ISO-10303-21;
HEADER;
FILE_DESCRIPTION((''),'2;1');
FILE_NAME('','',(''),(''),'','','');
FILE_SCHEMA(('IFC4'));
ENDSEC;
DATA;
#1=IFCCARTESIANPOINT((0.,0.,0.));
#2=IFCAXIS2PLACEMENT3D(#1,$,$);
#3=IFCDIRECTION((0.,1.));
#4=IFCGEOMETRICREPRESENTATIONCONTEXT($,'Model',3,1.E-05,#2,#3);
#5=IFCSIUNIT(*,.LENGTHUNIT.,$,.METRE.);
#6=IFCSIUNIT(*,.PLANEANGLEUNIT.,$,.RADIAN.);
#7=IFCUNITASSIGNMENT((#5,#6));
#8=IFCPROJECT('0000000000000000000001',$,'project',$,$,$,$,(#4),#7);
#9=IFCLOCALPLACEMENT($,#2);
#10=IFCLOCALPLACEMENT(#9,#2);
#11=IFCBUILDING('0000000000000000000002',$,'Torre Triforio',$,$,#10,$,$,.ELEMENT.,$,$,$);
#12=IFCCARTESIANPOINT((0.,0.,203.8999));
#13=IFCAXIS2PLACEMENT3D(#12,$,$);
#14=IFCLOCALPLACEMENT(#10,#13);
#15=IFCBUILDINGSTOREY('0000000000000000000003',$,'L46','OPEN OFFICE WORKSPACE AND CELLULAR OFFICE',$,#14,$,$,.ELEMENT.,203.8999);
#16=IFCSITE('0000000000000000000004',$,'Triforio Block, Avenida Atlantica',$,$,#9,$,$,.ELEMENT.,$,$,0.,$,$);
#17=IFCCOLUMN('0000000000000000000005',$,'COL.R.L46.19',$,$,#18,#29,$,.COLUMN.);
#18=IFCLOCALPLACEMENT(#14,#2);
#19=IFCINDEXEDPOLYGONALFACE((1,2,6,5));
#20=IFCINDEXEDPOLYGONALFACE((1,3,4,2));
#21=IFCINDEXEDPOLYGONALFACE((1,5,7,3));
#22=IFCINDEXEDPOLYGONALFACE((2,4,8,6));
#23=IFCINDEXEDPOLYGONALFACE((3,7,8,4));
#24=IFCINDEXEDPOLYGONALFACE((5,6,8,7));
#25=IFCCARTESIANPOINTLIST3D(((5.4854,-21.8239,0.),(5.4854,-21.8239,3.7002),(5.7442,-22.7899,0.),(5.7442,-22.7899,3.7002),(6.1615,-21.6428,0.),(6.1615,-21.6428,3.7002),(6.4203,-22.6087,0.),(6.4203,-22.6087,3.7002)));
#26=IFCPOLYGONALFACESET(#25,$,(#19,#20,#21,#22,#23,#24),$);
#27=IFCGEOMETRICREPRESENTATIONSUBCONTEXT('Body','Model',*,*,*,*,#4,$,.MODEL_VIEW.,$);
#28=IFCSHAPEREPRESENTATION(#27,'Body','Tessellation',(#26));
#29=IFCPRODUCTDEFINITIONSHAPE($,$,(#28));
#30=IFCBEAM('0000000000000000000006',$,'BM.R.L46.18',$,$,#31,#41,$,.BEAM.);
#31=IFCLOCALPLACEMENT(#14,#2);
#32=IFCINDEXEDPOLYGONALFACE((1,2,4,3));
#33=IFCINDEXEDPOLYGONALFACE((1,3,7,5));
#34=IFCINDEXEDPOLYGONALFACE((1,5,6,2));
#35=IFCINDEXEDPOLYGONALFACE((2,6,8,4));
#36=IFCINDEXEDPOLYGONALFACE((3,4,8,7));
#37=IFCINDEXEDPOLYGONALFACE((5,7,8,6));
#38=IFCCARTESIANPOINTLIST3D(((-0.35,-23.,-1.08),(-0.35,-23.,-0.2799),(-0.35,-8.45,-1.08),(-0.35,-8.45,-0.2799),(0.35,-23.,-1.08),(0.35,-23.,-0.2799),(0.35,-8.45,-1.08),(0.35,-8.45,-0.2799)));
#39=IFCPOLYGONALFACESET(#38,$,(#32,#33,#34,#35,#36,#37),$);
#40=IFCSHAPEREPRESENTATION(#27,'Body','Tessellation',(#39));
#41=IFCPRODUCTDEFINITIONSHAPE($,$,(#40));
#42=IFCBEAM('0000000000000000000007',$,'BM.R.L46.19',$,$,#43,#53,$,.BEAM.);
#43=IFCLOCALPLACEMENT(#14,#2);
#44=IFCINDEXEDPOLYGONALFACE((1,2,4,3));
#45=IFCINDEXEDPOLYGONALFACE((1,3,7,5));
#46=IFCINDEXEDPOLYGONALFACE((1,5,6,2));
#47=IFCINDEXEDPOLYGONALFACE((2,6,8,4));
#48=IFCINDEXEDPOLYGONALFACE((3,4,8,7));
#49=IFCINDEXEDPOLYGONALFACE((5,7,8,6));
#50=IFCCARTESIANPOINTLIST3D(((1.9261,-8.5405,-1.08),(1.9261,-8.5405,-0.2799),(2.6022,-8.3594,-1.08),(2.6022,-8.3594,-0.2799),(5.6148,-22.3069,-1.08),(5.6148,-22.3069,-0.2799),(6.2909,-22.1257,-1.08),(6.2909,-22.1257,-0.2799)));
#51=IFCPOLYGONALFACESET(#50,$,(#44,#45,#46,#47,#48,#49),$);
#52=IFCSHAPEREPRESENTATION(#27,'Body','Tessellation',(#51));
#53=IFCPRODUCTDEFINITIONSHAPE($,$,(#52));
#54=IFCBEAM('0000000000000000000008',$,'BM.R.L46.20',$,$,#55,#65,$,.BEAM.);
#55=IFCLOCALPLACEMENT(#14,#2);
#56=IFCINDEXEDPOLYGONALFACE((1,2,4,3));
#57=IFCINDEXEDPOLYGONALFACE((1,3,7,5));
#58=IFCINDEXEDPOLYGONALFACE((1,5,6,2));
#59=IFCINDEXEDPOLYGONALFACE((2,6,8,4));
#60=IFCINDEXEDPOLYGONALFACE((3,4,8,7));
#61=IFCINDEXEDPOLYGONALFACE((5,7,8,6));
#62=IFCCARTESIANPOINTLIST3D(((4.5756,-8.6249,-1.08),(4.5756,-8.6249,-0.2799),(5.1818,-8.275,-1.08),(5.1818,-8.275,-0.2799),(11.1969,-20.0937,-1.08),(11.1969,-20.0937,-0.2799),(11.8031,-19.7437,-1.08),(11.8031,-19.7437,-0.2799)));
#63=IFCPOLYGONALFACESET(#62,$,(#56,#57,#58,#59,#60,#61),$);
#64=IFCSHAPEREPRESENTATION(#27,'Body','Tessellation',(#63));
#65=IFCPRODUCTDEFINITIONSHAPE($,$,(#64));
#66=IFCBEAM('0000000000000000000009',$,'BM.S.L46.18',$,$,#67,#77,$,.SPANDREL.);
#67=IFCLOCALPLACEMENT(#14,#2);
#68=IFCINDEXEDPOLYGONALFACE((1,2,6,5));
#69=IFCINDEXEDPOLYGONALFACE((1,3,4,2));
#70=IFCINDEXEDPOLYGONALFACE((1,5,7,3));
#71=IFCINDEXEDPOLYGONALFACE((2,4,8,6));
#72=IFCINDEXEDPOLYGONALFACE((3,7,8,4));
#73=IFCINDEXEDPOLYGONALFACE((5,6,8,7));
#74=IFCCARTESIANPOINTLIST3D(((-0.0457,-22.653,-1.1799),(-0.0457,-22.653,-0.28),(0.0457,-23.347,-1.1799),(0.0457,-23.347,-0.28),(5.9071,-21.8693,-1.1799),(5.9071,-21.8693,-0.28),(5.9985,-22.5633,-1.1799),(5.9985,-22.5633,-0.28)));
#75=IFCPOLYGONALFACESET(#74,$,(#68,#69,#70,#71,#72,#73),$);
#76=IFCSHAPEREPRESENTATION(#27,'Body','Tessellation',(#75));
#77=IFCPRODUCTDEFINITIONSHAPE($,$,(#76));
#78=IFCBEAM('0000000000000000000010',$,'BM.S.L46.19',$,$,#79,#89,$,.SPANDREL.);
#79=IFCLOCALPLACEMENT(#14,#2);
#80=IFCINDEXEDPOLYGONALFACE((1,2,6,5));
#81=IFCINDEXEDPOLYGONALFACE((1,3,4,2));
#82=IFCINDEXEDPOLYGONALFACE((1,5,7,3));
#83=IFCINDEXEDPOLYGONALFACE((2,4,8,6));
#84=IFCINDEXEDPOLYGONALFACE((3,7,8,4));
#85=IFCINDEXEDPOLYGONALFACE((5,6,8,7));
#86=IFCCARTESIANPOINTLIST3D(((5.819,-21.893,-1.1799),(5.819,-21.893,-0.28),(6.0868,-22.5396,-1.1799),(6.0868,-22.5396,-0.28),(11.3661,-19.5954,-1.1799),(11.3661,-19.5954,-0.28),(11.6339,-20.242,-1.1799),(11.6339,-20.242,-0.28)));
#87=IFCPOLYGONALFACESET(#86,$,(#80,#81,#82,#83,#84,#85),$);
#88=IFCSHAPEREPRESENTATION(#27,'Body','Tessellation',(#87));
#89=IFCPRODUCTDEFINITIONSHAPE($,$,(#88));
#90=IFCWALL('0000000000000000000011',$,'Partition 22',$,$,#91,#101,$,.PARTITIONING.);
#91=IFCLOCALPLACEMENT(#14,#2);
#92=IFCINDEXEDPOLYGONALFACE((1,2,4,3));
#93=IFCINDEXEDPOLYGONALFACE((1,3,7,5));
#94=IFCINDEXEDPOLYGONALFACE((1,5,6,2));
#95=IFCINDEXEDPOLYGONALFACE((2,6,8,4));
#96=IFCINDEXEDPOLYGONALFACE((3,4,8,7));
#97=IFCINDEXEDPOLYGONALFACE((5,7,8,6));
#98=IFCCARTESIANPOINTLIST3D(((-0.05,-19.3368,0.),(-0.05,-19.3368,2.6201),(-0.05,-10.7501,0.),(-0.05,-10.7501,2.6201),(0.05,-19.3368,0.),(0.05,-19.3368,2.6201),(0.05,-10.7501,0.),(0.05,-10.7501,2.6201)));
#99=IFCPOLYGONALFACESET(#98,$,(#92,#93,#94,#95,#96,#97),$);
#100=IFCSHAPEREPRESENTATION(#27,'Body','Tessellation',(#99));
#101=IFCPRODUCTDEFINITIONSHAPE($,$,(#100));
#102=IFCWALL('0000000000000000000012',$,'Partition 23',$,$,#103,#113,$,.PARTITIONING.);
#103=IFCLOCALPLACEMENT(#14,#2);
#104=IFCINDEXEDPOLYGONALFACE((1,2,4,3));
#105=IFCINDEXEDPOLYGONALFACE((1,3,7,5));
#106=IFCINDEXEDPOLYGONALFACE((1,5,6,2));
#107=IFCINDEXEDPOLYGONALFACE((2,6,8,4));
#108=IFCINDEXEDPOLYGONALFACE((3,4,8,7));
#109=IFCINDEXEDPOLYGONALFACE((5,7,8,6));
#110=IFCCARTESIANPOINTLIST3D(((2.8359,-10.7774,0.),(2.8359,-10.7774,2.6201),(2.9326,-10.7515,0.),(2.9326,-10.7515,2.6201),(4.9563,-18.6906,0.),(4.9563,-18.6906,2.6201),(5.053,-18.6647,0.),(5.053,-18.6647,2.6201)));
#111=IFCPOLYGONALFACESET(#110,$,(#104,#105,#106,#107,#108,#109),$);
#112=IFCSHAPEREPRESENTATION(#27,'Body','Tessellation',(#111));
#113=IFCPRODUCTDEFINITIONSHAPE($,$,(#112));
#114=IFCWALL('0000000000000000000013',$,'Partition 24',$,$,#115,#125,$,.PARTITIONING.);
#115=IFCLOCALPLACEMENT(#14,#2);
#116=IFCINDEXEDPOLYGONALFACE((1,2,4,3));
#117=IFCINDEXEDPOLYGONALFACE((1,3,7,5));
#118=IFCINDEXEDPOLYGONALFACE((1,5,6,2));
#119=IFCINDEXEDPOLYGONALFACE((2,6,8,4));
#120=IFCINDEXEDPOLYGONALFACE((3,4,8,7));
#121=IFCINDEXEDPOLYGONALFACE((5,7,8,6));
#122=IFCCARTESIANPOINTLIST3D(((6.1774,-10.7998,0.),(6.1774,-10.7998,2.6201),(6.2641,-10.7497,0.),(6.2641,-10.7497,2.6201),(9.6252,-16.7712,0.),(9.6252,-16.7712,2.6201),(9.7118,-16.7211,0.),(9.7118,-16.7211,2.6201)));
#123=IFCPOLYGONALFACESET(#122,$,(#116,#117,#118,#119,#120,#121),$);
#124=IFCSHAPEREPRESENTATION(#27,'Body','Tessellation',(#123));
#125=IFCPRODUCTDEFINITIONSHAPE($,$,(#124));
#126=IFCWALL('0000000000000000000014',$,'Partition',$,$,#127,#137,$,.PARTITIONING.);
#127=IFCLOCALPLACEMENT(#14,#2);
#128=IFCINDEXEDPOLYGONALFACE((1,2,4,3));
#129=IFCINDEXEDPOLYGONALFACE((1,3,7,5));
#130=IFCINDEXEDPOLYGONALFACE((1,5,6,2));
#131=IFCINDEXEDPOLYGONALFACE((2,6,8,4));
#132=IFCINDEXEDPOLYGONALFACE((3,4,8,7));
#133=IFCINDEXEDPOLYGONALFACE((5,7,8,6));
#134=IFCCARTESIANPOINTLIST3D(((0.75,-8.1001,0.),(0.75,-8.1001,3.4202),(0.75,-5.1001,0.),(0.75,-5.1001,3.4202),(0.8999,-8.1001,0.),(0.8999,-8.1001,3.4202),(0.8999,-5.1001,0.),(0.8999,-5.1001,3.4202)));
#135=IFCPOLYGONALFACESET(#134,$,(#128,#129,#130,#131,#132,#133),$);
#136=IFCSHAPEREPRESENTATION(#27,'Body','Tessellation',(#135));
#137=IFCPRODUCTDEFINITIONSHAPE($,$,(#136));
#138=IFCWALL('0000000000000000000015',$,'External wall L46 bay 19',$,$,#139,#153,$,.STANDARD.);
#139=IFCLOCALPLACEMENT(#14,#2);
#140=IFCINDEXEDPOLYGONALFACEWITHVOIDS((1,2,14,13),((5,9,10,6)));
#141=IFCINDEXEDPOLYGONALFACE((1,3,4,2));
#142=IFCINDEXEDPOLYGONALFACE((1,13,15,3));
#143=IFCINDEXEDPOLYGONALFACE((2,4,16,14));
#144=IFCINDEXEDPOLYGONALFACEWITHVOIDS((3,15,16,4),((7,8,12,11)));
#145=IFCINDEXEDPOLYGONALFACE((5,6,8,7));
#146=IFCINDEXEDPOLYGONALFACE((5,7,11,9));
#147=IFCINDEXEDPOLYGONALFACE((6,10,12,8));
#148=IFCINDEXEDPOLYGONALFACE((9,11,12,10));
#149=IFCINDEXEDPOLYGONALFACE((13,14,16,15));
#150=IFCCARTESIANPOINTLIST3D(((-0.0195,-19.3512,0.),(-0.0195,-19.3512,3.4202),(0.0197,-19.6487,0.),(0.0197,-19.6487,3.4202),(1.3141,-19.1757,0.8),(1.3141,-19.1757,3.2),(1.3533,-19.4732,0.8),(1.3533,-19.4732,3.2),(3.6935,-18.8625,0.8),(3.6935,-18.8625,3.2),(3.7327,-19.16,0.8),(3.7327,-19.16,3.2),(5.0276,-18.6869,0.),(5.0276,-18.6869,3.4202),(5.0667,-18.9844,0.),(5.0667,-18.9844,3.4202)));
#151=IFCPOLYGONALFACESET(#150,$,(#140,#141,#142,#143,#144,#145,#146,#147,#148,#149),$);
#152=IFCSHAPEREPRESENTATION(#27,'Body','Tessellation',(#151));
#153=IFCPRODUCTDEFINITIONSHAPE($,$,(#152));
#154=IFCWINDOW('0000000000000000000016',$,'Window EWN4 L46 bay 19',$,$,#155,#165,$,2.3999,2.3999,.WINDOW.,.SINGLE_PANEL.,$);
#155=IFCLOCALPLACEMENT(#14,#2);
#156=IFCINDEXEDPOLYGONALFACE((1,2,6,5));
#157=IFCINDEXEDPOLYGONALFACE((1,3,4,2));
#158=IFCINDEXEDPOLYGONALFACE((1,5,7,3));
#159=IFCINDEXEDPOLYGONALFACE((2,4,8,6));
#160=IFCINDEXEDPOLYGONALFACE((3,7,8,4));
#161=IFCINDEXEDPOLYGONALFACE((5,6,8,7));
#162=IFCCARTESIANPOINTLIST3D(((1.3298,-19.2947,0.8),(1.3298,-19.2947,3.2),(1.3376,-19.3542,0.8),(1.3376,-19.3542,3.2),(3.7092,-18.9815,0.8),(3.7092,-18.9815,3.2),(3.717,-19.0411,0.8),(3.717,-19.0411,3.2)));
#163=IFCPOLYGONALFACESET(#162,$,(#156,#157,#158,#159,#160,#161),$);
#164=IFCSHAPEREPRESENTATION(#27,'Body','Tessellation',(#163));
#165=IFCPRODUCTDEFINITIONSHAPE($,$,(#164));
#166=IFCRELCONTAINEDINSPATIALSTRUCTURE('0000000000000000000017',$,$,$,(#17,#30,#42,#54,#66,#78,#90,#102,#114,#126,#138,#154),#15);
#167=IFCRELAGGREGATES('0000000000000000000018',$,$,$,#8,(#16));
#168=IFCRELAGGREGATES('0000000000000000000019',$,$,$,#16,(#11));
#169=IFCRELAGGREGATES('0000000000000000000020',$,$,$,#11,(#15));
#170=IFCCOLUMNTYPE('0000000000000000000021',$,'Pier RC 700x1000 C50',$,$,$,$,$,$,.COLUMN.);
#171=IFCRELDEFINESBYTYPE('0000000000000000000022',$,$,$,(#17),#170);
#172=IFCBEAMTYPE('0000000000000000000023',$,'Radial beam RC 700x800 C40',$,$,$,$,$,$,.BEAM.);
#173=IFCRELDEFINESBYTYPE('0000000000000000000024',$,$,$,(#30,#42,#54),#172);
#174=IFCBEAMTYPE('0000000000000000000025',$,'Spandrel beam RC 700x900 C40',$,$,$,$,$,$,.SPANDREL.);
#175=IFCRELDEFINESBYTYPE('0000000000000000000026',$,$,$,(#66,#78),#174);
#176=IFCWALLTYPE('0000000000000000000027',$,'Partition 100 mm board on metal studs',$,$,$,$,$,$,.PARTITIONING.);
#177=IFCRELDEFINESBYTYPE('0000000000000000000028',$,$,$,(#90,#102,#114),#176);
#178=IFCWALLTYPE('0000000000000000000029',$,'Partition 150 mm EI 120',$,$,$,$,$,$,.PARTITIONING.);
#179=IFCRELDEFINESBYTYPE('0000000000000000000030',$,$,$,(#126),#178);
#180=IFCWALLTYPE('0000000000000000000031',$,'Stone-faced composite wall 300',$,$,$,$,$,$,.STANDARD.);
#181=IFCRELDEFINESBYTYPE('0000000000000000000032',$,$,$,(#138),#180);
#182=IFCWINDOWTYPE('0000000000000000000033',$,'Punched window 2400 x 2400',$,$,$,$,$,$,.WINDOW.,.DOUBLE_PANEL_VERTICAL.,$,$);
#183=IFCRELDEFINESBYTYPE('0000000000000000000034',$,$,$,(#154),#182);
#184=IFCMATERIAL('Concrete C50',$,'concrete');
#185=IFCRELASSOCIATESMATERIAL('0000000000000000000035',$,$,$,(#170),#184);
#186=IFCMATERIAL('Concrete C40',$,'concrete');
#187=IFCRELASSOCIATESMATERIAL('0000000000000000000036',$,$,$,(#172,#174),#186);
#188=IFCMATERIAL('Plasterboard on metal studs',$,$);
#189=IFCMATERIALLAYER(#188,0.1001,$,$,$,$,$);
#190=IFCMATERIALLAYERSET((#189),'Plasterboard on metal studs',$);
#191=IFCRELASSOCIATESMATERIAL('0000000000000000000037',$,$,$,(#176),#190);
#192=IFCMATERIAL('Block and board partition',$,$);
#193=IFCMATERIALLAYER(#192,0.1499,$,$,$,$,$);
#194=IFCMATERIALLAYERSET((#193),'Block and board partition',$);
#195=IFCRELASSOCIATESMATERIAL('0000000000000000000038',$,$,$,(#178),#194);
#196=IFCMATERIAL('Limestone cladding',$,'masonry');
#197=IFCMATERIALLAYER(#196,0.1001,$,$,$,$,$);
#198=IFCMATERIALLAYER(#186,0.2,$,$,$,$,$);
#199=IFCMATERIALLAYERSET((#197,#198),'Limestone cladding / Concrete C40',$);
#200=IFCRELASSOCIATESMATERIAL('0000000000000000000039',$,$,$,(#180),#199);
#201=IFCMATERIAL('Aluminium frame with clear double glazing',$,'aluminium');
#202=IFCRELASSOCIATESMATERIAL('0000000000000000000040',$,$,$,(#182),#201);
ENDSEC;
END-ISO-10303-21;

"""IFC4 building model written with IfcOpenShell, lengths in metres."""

from ifc_helpers import new_model, si_unit, direction, frame, frame_2d, origin, origin_2d, place, context, subcontext, project, spatial, rectangle, extrude, material, layer, layer_set, material_profile, profile_set, type_object, element, fill, save


model = new_model("IFC4")

# Units and contexts
model_context = context("Model", 3, precision=1e-05, world=origin(), true_north=direction((0.0, 1.0)))
body_context = subcontext(model_context, "Body", "Model", "MODEL_VIEW")
ifc_project = project(units=[si_unit("LENGTHUNIT", "METRE"), si_unit("PLANEANGLEUNIT", "RADIAN")], contexts=[model_context])

# Site, building, storey
site_placement = place(None, origin())
site = spatial("IfcSite", under=ifc_project, at=site_placement, Name="Triforio Block, Avenida Atlantica", CompositionType="ELEMENT", RefElevation=0.0)
building_placement = place(site_placement, origin())
building = spatial("IfcBuilding", under=site, at=building_placement, Name="Torre Triforio", CompositionType="ELEMENT")
storey_placement = place(building_placement, frame((0.0, 0.0, 203.8999)))
storey = spatial("IfcBuildingStorey", under=building, at=storey_placement, Name="L46", Description="OPEN OFFICE WORKSPACE AND CELLULAR OFFICE", CompositionType="ELEMENT", Elevation=203.8999)

# Column
ifc_material_1 = material(Name="Concrete C50", Category="concrete")
ifc_material_profile_1 = material_profile(ifc_material_1, rectangle(XDim=0.7, YDim=1.0, at=origin_2d()), Name="RC 700x1000")
ifc_profile_set_1 = profile_set([ifc_material_profile_1], Name="Concrete C50")
column_type = type_object("IfcColumnType", Name="Pier RC 700x1000 C50", PredefinedType="COLUMN", material=ifc_profile_set_1)
column_placement = place(storey_placement, frame((5.9529, -22.2163, 0.0), z_axis=(0.0, 0.0, 1.0), x_axis=(0.965926, 0.258819, 0.0)))
element("IfcColumn", 1, at=column_placement, inside=storey, type_object=column_type, Name="COL.R.L46.19", PredefinedType="COLUMN", context=body_context, shape_type="SweptSolid", body=[
    extrude(rectangle(XDim=0.7, YDim=1.0, at=origin_2d()), origin(), (0.0, 0.0, 1.0), 3.7002),
])

# Beams
ifc_material_2 = material(Name="Concrete C40", Category="concrete")
ifc_material_profile_2 = material_profile(ifc_material_2, rectangle(XDim=0.7, YDim=0.8, at=origin_2d()), Name="RC 700x800")
ifc_profile_set_2 = profile_set([ifc_material_profile_2], Name="Concrete C40")
beam_type_1 = type_object("IfcBeamType", Name="Radial beam RC 700x800 C40", PredefinedType="BEAM", material=ifc_profile_set_2)
beam_1_placement = place(storey_placement, frame((0.0, -8.45, -0.6799), z_axis=(0.0, -1.0, 0.0), x_axis=(1.0, 0.0, 0.0)))
element("IfcBeam", 2, at=beam_1_placement, inside=storey, type_object=beam_type_1, Name="BM.R.L46.18", PredefinedType="BEAM", context=body_context, shape_type="SweptSolid", body=[
    extrude(rectangle(XDim=0.7, YDim=0.8, at=origin_2d()), origin(), (0.0, 0.0, 1.0), 14.55),
])
beam_2_placement = place(storey_placement, frame((2.2642, -8.45, -0.6799), z_axis=(0.258821, -0.965925, 0.0), x_axis=(0.965925, 0.258821, 0.0)))
element("IfcBeam", 3, at=beam_2_placement, inside=storey, type_object=beam_type_1, Name="BM.R.L46.19", PredefinedType="BEAM", context=body_context, shape_type="SweptSolid", body=[
    extrude(rectangle(XDim=0.7, YDim=0.8, at=origin_2d()), origin(), (0.0, 0.0, 1.0), 14.252),
])
beam_3_placement = place(storey_placement, frame((4.8787, -8.45, -0.6799), z_axis=(0.499992, -0.86603, 0.0), x_axis=(0.86603, 0.499992, 0.0)))
element("IfcBeam", 4, at=beam_3_placement, inside=storey, type_object=beam_type_1, Name="BM.R.L46.20", PredefinedType="BEAM", context=body_context, shape_type="SweptSolid", body=[
    extrude(rectangle(XDim=0.7, YDim=0.8, at=origin_2d()), origin(), (0.0, 0.0, 1.0), 13.2429),
])
ifc_material_profile_3 = material_profile(ifc_material_2, rectangle(XDim=0.7, YDim=0.8999, at=origin_2d()), Name="RC 700x900")
ifc_profile_set_3 = profile_set([ifc_material_profile_3], Name="Concrete C40")
beam_type_2 = type_object("IfcBeamType", Name="Spandrel beam RC 700x900 C40", PredefinedType="SPANDREL", material=ifc_profile_set_3)
for number, where, z_axis, x_axis, name in (
    (5, (0.0, -23.0, -0.73), (0.991445, 0.130523, 0.0), (-0.130523, 0.991445, 0.0), "BM.S.L46.18"),
    (6, (5.9529, -22.2163, -0.73), (0.923885, 0.382671, 0.0), (-0.382671, 0.923885, 0.0), "BM.S.L46.19"),
):
    element("IfcBeam", number, at=place(storey_placement, frame(where, z_axis=z_axis, x_axis=x_axis)), inside=storey, type_object=beam_type_2, Name=name, PredefinedType="SPANDREL", context=body_context, shape_type="SweptSolid", body=[
        extrude(rectangle(XDim=0.7, YDim=0.8999, at=origin_2d()), origin(), (0.0, 0.0, 1.0), 6.0042),
    ])

# Walls
ifc_material_3 = material(Name="Plasterboard on metal studs")
ifc_layer_1 = layer(ifc_material_3, 0.1001)
ifc_layer_set_1 = layer_set([ifc_layer_1], Name="Plasterboard on metal studs")
wall_type_1 = type_object("IfcWallType", Name="Partition 100 mm board on metal studs", PredefinedType="PARTITIONING", material=ifc_layer_set_1)
wall_1_placement = place(storey_placement, frame((0.0, -10.75, 0.0), z_axis=(0.0, 0.0, 1.0), x_axis=(0.0, -1.0, 0.0)))
element("IfcWall", 7, at=wall_1_placement, inside=storey, type_object=wall_type_1, Name="Partition 22", PredefinedType="PARTITIONING", context=body_context, shape_type="SweptSolid", body=[
    extrude(rectangle(XDim=8.5867, YDim=0.1001, at=frame_2d((4.2935, 0.0))), origin(), (0.0, 0.0, 1.0), 2.6201),
])
wall_2_placement = place(storey_placement, frame((2.8843, -10.7644, 0.0), z_axis=(0.0, 0.0, 1.0), x_axis=(0.258818, -0.965926, 0.0)))
element("IfcWall", 8, at=wall_2_placement, inside=storey, type_object=wall_type_1, Name="Partition 23", PredefinedType="PARTITIONING", context=body_context, shape_type="SweptSolid", body=[
    extrude(rectangle(XDim=8.1924, YDim=0.1001, at=frame_2d((4.0962, 0.0))), origin(), (0.0, 0.0, 1.0), 2.6201),
])
wall_3_placement = place(storey_placement, frame((6.2207, -10.7747, 0.0), z_axis=(0.0, 0.0, 1.0), x_axis=(0.500016, -0.866016, 0.0)))
element("IfcWall", 9, at=wall_3_placement, inside=storey, type_object=wall_type_1, Name="Partition 24", PredefinedType="PARTITIONING", context=body_context, shape_type="SweptSolid", body=[
    extrude(rectangle(XDim=6.8953, YDim=0.1001, at=frame_2d((3.4478, 0.0))), origin(), (0.0, 0.0, 1.0), 2.6201),
])
ifc_material_4 = material(Name="Block and board partition")
ifc_layer_2 = layer(ifc_material_4, 0.1499)
ifc_layer_set_2 = layer_set([ifc_layer_2], Name="Block and board partition")
wall_type_2 = type_object("IfcWallType", Name="Partition 150 mm EI 120", PredefinedType="PARTITIONING", material=ifc_layer_set_2)
wall_4_placement = place(storey_placement, frame((0.825, -8.1001, 0.0), z_axis=(0.0, 0.0, 1.0), x_axis=(0.0, 1.0, 0.0)))
element("IfcWall", 10, at=wall_4_placement, inside=storey, type_object=wall_type_2, Name="Partition", PredefinedType="PARTITIONING", context=body_context, shape_type="SweptSolid", body=[
    extrude(rectangle(XDim=3.0, YDim=0.1499, at=frame_2d((1.5, 0.0))), origin(), (0.0, 0.0, 1.0), 3.4202),
])

# Wall, opening, window
ifc_material_5 = material(Name="Limestone cladding", Category="masonry")
ifc_layer_3 = layer(ifc_material_5, 0.1001)
ifc_layer_4 = layer(ifc_material_2, 0.2)
ifc_layer_set_3 = layer_set([ifc_layer_3, ifc_layer_4], Name="Limestone cladding / Concrete C40")
wall_type_3 = type_object("IfcWallType", Name="Stone-faced composite wall 300", PredefinedType="STANDARD", material=ifc_layer_set_3)
wall_5_placement = place(storey_placement, frame((0.0, -19.5, 0.0), z_axis=(0.0, 0.0, 1.0), x_axis=(0.991449, 0.130495, 0.0)))
wall_5 = element("IfcWall", 11, at=wall_5_placement, inside=storey, type_object=wall_type_3, Name="External wall L46 bay 19", PredefinedType="STANDARD", context=body_context, shape_type="SweptSolid", body=[
    extrude(rectangle(XDim=5.0906, YDim=0.3, at=frame_2d((2.5454, 0.0))), origin(), (0.0, 0.0, 1.0), 3.4202),
])
opening_1_placement = place(wall_5_placement, frame((1.3452, 0.0, 0.8)))
opening_1 = element("IfcOpeningElement", 12, at=opening_1_placement, cuts=wall_5, PredefinedType="OPENING", context=body_context, shape_type="SweptSolid", body=[
    extrude(rectangle(XDim=2.3999, YDim=2.3999, at=frame_2d((1.2, 1.2))), frame((0.0, 0.1599, 0.0), z_axis=(0.0, -1.0, 0.0), x_axis=(1.0, 0.0, 0.0)), (0.0, 0.0, 1.0), 0.3201),
])
ifc_material_6 = material(Name="Aluminium frame with clear double glazing", Category="aluminium")
window_type_1 = type_object("IfcWindowType", Name="Punched window 2400 x 2400", PartitioningType="DOUBLE_PANEL_VERTICAL", PredefinedType="WINDOW", material=ifc_material_6)
window_1_placement = place(opening_1_placement, origin())
window_1 = element("IfcWindow", 13, at=window_1_placement, inside=storey, type_object=window_type_1, Name="Window EWN4 L46 bay 19", OverallHeight=2.3999, OverallWidth=2.3999, PartitioningType="SINGLE_PANEL", PredefinedType="WINDOW", context=body_context, shape_type="SweptSolid", body=[
    extrude(rectangle(XDim=2.3999, YDim=2.3999, at=frame_2d((1.2, 1.2))), frame((0.0, 0.03, 0.0), z_axis=(0.0, -1.0, 0.0), x_axis=(1.0, 0.0, 0.0)), (0.0, 0.0, 1.0), 0.0601),
])
fill(opening_1, window_1)

save(model, "model.ifc")
